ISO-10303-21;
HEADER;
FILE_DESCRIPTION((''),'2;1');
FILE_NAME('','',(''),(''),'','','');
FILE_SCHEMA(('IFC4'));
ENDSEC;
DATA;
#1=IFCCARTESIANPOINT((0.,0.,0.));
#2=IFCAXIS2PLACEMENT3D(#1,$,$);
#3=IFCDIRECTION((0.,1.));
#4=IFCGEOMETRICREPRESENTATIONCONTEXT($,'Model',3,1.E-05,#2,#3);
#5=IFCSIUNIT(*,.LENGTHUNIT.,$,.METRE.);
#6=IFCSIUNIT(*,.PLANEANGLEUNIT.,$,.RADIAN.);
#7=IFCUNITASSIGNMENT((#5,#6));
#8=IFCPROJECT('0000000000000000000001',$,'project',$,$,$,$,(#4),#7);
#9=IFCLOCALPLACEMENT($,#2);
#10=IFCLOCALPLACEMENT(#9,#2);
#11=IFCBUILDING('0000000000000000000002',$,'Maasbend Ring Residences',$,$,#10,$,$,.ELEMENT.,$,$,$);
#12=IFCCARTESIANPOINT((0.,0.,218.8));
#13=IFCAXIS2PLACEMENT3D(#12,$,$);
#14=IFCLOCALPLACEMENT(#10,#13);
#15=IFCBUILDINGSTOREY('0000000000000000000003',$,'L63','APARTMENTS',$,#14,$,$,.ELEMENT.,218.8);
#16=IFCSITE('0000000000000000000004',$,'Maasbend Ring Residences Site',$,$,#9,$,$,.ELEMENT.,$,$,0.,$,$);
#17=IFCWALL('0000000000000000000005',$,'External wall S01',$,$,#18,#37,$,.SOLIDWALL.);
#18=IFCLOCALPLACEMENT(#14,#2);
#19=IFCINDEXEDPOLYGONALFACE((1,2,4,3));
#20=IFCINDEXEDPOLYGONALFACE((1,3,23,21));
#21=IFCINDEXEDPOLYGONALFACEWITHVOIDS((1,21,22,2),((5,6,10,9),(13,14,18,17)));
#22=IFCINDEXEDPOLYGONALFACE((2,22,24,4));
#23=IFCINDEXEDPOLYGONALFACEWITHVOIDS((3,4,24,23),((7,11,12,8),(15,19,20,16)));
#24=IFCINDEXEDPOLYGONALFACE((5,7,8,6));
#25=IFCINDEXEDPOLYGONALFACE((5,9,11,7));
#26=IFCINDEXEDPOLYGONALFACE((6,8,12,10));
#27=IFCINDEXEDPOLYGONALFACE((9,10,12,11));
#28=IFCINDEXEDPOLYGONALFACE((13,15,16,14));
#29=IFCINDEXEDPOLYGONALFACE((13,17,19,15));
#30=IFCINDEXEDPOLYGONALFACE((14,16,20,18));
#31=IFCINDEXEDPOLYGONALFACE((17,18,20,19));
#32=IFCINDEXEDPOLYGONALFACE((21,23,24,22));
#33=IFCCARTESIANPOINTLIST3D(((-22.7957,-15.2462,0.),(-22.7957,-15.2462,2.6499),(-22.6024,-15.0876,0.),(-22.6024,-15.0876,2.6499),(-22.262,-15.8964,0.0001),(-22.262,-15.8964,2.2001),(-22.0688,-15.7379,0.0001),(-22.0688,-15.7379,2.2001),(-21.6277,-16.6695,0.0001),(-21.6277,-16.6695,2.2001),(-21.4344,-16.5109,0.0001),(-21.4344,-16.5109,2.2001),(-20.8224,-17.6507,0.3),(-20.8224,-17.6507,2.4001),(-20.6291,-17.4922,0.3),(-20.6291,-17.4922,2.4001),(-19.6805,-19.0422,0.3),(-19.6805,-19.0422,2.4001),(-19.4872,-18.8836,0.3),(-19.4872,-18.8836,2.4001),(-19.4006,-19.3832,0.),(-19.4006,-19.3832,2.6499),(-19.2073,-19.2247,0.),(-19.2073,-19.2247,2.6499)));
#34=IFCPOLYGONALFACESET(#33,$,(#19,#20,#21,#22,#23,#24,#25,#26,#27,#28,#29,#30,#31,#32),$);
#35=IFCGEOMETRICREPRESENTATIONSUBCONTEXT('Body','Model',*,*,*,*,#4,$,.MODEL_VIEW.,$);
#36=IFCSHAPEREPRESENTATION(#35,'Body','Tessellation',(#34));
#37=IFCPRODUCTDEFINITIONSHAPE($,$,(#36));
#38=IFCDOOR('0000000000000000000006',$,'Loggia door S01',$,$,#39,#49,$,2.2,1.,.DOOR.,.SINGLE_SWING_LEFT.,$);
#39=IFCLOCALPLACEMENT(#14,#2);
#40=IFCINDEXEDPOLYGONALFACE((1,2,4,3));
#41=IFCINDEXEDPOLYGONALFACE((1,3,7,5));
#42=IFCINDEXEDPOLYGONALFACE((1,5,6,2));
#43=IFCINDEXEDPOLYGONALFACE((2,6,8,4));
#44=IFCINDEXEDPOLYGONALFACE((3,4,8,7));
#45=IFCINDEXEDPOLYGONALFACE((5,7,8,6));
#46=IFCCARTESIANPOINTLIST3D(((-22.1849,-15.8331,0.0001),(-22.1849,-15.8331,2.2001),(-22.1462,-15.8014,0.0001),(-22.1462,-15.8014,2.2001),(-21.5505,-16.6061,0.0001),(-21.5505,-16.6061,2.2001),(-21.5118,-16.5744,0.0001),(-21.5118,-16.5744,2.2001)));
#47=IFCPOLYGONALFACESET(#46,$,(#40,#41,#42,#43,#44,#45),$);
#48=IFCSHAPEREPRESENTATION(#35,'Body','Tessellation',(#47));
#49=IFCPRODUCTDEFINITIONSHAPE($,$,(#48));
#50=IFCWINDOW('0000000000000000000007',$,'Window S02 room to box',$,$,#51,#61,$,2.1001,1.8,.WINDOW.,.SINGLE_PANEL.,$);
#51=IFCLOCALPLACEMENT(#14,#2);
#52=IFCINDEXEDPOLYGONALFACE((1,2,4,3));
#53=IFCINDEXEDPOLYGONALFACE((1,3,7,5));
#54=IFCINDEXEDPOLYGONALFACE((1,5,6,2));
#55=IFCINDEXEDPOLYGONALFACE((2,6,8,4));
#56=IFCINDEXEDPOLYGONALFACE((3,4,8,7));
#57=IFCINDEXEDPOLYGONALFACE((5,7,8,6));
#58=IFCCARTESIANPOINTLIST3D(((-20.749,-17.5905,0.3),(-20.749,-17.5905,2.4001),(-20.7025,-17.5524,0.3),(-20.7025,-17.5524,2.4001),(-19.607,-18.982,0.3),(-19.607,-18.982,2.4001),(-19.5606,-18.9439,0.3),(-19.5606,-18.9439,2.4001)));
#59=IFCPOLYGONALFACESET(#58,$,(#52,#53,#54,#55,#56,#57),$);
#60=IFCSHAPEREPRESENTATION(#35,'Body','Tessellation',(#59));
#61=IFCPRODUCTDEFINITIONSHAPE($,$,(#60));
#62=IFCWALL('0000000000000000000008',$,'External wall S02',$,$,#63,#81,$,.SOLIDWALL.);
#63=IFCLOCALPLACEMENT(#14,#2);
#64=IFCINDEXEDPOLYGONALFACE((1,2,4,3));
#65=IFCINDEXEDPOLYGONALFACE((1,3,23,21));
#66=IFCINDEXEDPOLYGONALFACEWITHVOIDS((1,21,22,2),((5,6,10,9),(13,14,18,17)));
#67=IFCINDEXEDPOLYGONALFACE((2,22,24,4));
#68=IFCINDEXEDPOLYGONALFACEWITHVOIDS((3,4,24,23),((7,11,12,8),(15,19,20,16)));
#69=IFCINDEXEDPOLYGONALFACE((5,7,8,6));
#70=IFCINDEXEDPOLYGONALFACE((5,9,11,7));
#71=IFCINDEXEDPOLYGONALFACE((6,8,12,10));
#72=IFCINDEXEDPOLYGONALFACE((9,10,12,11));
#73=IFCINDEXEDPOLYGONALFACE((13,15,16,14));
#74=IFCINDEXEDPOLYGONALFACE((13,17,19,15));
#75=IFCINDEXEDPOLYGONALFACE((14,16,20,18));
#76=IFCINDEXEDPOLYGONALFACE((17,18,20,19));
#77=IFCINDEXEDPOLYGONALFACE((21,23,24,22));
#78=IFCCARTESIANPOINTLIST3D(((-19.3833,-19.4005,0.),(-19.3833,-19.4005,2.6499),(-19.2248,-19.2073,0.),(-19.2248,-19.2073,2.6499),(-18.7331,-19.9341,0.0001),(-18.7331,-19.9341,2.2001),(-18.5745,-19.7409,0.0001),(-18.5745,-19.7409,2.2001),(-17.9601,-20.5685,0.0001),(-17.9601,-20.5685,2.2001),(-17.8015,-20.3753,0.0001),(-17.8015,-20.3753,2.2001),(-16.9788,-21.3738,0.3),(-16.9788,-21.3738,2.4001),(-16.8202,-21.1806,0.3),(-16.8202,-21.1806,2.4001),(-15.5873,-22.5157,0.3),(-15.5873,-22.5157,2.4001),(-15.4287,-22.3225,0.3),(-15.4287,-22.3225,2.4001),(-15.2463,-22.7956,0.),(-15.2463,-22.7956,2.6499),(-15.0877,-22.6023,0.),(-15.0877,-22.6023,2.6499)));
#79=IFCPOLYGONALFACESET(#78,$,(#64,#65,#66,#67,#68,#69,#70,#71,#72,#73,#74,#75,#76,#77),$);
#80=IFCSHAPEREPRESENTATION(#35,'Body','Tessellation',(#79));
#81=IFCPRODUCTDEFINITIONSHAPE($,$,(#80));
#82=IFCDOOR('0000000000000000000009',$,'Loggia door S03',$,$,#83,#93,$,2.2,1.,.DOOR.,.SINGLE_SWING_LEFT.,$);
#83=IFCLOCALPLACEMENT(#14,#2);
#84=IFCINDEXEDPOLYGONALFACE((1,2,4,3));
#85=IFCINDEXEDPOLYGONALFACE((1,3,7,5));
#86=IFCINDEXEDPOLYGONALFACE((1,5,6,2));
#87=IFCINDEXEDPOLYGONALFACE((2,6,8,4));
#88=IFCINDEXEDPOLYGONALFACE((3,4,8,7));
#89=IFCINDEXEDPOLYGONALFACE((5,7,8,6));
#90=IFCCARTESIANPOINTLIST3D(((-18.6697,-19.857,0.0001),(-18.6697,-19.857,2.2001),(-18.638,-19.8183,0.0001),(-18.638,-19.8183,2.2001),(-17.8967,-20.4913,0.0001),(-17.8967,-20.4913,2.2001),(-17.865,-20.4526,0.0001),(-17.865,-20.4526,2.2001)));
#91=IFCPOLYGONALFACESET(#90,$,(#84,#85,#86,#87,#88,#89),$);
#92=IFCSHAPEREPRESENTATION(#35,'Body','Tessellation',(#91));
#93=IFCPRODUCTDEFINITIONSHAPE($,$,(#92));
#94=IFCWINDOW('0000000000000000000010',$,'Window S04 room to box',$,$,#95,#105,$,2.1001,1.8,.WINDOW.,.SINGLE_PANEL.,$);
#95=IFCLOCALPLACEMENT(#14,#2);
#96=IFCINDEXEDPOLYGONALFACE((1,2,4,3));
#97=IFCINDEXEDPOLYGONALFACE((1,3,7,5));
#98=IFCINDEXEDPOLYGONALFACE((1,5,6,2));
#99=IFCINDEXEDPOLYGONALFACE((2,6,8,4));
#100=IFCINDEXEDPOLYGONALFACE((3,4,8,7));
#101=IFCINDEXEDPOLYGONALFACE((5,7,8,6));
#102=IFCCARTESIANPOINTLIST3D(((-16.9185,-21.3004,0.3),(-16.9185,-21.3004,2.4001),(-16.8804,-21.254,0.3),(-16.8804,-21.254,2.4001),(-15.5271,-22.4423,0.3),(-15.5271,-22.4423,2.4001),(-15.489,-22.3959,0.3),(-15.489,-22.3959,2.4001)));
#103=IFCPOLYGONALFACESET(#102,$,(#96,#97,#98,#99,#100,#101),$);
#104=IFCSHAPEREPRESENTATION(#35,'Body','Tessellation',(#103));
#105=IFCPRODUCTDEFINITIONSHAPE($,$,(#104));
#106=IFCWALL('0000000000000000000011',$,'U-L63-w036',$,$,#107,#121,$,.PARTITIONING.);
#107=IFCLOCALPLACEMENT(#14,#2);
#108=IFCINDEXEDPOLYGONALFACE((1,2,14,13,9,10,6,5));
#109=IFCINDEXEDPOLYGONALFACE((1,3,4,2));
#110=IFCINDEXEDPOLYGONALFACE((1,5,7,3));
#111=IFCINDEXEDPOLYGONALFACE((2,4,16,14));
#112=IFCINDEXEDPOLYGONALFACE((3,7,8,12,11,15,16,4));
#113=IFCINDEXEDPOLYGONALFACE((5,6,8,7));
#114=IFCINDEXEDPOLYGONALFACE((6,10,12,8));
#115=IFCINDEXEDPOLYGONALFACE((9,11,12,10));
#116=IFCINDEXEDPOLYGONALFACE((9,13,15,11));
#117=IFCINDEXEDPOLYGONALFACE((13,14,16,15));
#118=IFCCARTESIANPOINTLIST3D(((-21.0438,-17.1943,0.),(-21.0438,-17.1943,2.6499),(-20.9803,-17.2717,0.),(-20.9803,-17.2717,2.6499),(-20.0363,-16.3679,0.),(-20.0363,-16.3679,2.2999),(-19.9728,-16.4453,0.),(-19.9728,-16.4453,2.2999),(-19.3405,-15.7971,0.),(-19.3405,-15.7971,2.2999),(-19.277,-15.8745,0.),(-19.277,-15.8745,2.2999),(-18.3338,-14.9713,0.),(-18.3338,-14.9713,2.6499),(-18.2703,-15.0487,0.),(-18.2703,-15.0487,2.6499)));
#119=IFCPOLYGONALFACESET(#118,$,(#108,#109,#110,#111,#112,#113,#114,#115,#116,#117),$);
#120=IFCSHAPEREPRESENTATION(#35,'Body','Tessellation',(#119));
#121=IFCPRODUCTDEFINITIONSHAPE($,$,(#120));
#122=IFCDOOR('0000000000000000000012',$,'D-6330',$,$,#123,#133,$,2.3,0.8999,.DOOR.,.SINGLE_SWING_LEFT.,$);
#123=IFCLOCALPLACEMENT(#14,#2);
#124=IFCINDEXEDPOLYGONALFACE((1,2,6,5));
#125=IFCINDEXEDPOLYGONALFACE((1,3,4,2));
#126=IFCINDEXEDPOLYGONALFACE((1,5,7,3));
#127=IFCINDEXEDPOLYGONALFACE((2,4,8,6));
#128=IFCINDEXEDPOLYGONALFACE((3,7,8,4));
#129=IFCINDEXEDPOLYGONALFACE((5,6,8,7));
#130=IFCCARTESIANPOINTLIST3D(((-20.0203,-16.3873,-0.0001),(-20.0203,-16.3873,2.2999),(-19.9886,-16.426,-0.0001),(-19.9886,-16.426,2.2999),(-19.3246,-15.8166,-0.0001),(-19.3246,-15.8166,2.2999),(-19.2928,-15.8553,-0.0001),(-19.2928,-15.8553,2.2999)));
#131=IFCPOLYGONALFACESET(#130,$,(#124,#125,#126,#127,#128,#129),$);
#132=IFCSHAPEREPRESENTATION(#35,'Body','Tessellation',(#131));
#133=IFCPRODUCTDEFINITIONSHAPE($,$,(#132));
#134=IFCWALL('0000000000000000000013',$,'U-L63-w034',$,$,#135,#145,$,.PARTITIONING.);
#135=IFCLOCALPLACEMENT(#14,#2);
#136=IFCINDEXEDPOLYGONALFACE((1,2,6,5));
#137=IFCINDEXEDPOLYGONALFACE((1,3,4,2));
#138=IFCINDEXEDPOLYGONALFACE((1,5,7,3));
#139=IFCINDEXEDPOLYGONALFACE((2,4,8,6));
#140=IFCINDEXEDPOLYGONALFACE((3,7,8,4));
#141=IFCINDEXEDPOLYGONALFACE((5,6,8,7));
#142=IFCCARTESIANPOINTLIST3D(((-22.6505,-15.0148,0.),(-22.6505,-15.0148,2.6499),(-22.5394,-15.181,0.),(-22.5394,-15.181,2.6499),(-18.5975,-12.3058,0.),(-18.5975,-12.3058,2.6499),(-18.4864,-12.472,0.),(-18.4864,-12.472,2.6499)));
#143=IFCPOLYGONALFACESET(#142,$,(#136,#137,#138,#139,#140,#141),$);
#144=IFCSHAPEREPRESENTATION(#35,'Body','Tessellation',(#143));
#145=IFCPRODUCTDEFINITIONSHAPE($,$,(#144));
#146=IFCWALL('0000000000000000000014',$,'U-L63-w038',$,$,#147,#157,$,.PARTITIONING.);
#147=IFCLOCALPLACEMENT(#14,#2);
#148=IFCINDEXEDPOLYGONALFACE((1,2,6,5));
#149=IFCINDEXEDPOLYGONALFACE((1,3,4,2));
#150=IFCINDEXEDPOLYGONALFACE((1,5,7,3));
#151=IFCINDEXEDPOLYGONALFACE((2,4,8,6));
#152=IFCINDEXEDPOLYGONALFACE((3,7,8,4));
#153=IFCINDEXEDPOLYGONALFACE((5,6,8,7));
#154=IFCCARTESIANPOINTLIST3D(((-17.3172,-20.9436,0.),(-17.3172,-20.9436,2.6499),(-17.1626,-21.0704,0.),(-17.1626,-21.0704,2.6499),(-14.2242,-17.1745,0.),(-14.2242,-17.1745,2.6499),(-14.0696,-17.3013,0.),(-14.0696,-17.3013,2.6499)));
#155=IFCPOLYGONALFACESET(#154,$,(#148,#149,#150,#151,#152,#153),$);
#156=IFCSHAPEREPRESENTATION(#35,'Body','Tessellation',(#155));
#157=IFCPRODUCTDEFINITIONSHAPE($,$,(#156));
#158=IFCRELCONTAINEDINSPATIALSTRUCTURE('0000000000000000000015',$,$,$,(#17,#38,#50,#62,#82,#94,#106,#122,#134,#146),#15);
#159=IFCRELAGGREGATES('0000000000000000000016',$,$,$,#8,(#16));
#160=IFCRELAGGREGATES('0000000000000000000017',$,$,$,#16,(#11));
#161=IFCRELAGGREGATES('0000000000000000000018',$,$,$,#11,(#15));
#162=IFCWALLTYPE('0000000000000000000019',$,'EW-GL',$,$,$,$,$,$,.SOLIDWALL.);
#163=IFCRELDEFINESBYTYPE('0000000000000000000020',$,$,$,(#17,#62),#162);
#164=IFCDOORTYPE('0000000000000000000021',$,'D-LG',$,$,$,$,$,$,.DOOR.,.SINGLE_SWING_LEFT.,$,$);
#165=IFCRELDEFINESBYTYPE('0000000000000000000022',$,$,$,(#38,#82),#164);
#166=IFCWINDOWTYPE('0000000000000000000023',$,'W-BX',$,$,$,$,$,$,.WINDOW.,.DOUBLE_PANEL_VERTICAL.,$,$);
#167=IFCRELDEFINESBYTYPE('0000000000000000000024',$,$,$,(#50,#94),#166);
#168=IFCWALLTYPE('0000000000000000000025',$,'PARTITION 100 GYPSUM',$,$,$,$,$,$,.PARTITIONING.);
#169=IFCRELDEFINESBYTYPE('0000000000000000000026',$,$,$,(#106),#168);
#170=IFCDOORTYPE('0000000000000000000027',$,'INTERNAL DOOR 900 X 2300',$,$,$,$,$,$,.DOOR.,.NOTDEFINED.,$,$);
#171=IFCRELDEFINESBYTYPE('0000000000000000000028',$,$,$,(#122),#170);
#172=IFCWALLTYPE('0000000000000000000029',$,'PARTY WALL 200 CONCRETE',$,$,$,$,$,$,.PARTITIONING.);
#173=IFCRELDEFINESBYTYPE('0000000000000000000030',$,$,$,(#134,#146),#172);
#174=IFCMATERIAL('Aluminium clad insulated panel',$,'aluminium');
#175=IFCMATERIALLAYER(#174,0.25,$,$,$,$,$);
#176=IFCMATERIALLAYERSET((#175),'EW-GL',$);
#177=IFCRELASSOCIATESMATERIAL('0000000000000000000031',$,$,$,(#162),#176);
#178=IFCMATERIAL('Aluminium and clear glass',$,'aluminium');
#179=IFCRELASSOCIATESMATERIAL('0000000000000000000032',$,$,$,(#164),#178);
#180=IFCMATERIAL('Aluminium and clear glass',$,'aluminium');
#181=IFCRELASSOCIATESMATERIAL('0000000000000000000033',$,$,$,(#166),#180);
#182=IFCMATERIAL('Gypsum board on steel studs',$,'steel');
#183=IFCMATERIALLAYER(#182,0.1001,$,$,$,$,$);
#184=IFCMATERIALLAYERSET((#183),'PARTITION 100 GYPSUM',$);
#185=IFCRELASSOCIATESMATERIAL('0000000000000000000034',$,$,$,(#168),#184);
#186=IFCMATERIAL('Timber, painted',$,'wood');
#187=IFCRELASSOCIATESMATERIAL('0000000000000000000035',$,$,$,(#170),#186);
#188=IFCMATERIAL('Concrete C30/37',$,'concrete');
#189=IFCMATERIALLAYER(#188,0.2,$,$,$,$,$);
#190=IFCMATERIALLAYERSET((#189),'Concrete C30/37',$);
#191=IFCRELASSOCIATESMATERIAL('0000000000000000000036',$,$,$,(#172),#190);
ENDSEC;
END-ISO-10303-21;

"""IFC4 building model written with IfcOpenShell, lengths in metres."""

from ifc_helpers import new_model, si_unit, direction, frame, frame_2d, origin, place, context, subcontext, project, spatial, rectangle, extrude, material, layer, layer_set, type_object, element, fill, save


model = new_model("IFC4")

# Units and contexts
model_context = context("Model", 3, precision=1e-05, world=origin(), true_north=direction((0.0, 1.0)))
body_context = subcontext(model_context, "Body", "Model", "MODEL_VIEW")
ifc_project = project(units=[si_unit("LENGTHUNIT", "METRE"), si_unit("PLANEANGLEUNIT", "RADIAN")], contexts=[model_context])

# Site, building, storey
site_placement = place(None, origin())
site = spatial("IfcSite", under=ifc_project, at=site_placement, Name="Maasbend Ring Residences Site", CompositionType="ELEMENT", RefElevation=0.0)
building_placement = place(site_placement, origin())
building = spatial("IfcBuilding", under=site, at=building_placement, Name="Maasbend Ring Residences", CompositionType="ELEMENT")
storey_placement = place(building_placement, frame((0.0, 0.0, 218.8)))
storey = spatial("IfcBuildingStorey", under=building, at=storey_placement, Name="L63", Description="APARTMENTS", CompositionType="ELEMENT", Elevation=218.8)

# Walls, openings, doors, windows
ifc_material_1 = material(Name="Aluminium clad insulated panel", Category="aluminium")
ifc_layer_1 = layer(ifc_material_1, 0.25)
ifc_layer_set_1 = layer_set([ifc_layer_1], Name="EW-GL")
wall_type_1 = type_object("IfcWallType", Name="EW-GL", PredefinedType="SOLIDWALL", material=ifc_layer_set_1)
wall_1_placement = place(storey_placement, frame((-22.699, -15.167, 0.0), z_axis=(0.0, 0.0, 1.0), x_axis=(0.634382, -0.773019, 0.0)))
wall_1 = element("IfcWall", 1, at=wall_1_placement, inside=storey, type_object=wall_type_1, Name="External wall S01", PredefinedType="SOLIDWALL", context=body_context, shape_type="SweptSolid", body=[
    extrude(rectangle(XDim=5.3518, YDim=0.25, at=frame_2d((2.6758, 0.0))), origin(), (0.0, 0.0, 1.0), 2.6499),
])
opening_1_placement = place(wall_1_placement, frame((0.8411, 0.0, 0.0)))
opening_1 = element("IfcOpeningElement", 2, at=opening_1_placement, cuts=wall_1, PredefinedType="OPENING", context=body_context, shape_type="SweptSolid", body=[
    extrude(rectangle(XDim=1.0, YDim=2.2, at=frame_2d((0.5, 1.1001))), frame((0.0, 0.135, 0.0), z_axis=(0.0, -1.0, 0.0), x_axis=(1.0, 0.0, 0.0)), (0.0, 0.0, 1.0), 0.27),
])
opening_2_placement = place(wall_1_placement, frame((3.1106, 0.0, 0.3)))
opening_2 = element("IfcOpeningElement", 3, at=opening_2_placement, cuts=wall_1, PredefinedType="OPENING", context=body_context, shape_type="SweptSolid", body=[
    extrude(rectangle(XDim=1.8, YDim=2.1001, at=frame_2d((0.8999, 1.05))), frame((0.0, 0.135, 0.0), z_axis=(0.0, -1.0, 0.0), x_axis=(1.0, 0.0, 0.0)), (0.0, 0.0, 1.0), 0.27),
])
ifc_material_2 = material(Name="Aluminium and clear glass", Category="aluminium")
door_type_1 = type_object("IfcDoorType", Name="D-LG", OperationType="SINGLE_SWING_LEFT", PredefinedType="DOOR", material=ifc_material_2)
door_1_placement = place(opening_1_placement, origin())
door_1 = element("IfcDoor", 4, at=door_1_placement, inside=storey, type_object=door_type_1, Name="Loggia door S01", OperationType="SINGLE_SWING_LEFT", OverallHeight=2.2, OverallWidth=1.0, PredefinedType="DOOR", context=body_context, shape_type="SweptSolid", body=[
    extrude(rectangle(XDim=1.0, YDim=2.2, at=frame_2d((0.5, 1.1001))), frame((0.0, 0.0249, 0.0), z_axis=(0.0, -1.0, 0.0), x_axis=(1.0, 0.0, 0.0)), (0.0, 0.0, 1.0), 0.05),
])
fill(opening_1, door_1)
ifc_material_3 = material(Name="Aluminium and clear glass", Category="aluminium")
window_type_1 = type_object("IfcWindowType", Name="W-BX", PartitioningType="DOUBLE_PANEL_VERTICAL", PredefinedType="WINDOW", material=ifc_material_3)
window_1_placement = place(opening_2_placement, origin())
window_1 = element("IfcWindow", 5, at=window_1_placement, inside=storey, type_object=window_type_1, Name="Window S02 room to box", OverallHeight=2.1001, OverallWidth=1.8, PartitioningType="SINGLE_PANEL", PredefinedType="WINDOW", context=body_context, shape_type="SweptSolid", body=[
    extrude(rectangle(XDim=1.8, YDim=2.1001, at=frame_2d((0.8999, 1.05))), frame((0.0, 0.03, 0.0), z_axis=(0.0, -1.0, 0.0), x_axis=(1.0, 0.0, 0.0)), (0.0, 0.0, 1.0), 0.0601),
])
fill(opening_2, window_1)
wall_2_placement = place(storey_placement, frame((-19.304, -19.304, 0.0), z_axis=(0.0, 0.0, 1.0), x_axis=(0.773019, -0.634382, 0.0)))
wall_2 = element("IfcWall", 6, at=wall_2_placement, inside=storey, type_object=wall_type_1, Name="External wall S02", PredefinedType="SOLIDWALL", context=body_context, shape_type="SweptSolid", body=[
    extrude(rectangle(XDim=5.3518, YDim=0.25, at=frame_2d((2.6758, 0.0))), origin(), (0.0, 0.0, 1.0), 2.6499),
])
opening_3_placement = place(wall_2_placement, frame((0.8411, 0.0, 0.0)))
opening_3 = element("IfcOpeningElement", 7, at=opening_3_placement, cuts=wall_2, PredefinedType="OPENING", context=body_context, shape_type="SweptSolid", body=[
    extrude(rectangle(XDim=1.0, YDim=2.2, at=frame_2d((0.5, 1.1001))), frame((0.0, 0.135, 0.0), z_axis=(0.0, -1.0, 0.0), x_axis=(1.0, 0.0, 0.0)), (0.0, 0.0, 1.0), 0.27),
])
opening_4_placement = place(wall_2_placement, frame((3.1106, 0.0, 0.3)))
opening_4 = element("IfcOpeningElement", 8, at=opening_4_placement, cuts=wall_2, PredefinedType="OPENING", context=body_context, shape_type="SweptSolid", body=[
    extrude(rectangle(XDim=1.8, YDim=2.1001, at=frame_2d((0.8999, 1.05))), frame((0.0, 0.135, 0.0), z_axis=(0.0, -1.0, 0.0), x_axis=(1.0, 0.0, 0.0)), (0.0, 0.0, 1.0), 0.27),
])
door_2_placement = place(opening_3_placement, origin())
door_2 = element("IfcDoor", 9, at=door_2_placement, inside=storey, type_object=door_type_1, Name="Loggia door S03", OperationType="SINGLE_SWING_LEFT", OverallHeight=2.2, OverallWidth=1.0, PredefinedType="DOOR", context=body_context, shape_type="SweptSolid", body=[
    extrude(rectangle(XDim=1.0, YDim=2.2, at=frame_2d((0.5, 1.1001))), frame((0.0, 0.0249, 0.0), z_axis=(0.0, -1.0, 0.0), x_axis=(1.0, 0.0, 0.0)), (0.0, 0.0, 1.0), 0.05),
])
fill(opening_3, door_2)
window_2_placement = place(opening_4_placement, origin())
window_2 = element("IfcWindow", 10, at=window_2_placement, inside=storey, type_object=window_type_1, Name="Window S04 room to box", OverallHeight=2.1001, OverallWidth=1.8, PartitioningType="SINGLE_PANEL", PredefinedType="WINDOW", context=body_context, shape_type="SweptSolid", body=[
    extrude(rectangle(XDim=1.8, YDim=2.1001, at=frame_2d((0.8999, 1.05))), frame((0.0, 0.03, 0.0), z_axis=(0.0, -1.0, 0.0), x_axis=(1.0, 0.0, 0.0)), (0.0, 0.0, 1.0), 0.0601),
])
fill(opening_4, window_2)

# Wall, opening, door
ifc_material_4 = material(Name="Gypsum board on steel studs", Category="steel")
ifc_layer_2 = layer(ifc_material_4, 0.1001)
ifc_layer_set_2 = layer_set([ifc_layer_2], Name="PARTITION 100 GYPSUM")
wall_type_2 = type_object("IfcWallType", Name="PARTITION 100 GYPSUM", PredefinedType="PARTITIONING", material=ifc_layer_set_2)
wall_3_placement = place(storey_placement, frame((-21.012, -17.2329, 0.0), z_axis=(0.0, 0.0, 1.0), x_axis=(0.773165, 0.634205, 0.0)))
wall_3 = element("IfcWall", 11, at=wall_3_placement, inside=storey, type_object=wall_type_2, Name="U-L63-w036", PredefinedType="PARTITIONING", context=body_context, shape_type="SweptSolid", body=[
    extrude(rectangle(XDim=3.5051, YDim=0.1001, at=frame_2d((1.7524, 0.0))), origin(), (0.0, 0.0, 1.0), 2.6499),
])
opening_5_placement = place(wall_3_placement, frame((1.303, 0.0, 0.0)))
opening_5 = element("IfcOpeningElement", 12, at=opening_5_placement, cuts=wall_3, PredefinedType="OPENING", context=body_context, shape_type="SweptSolid", body=[
    extrude(rectangle(XDim=0.8999, YDim=2.3, at=frame_2d((0.45, 1.1499))), frame((0.0, 0.0601, 0.0), z_axis=(0.0, -1.0, 0.0), x_axis=(1.0, 0.0, 0.0)), (0.0, 0.0, 1.0), 0.1201),
])
ifc_material_5 = material(Name="Timber, painted", Category="wood")
door_type_2 = type_object("IfcDoorType", Name="INTERNAL DOOR 900 X 2300", OperationType="NOTDEFINED", PredefinedType="DOOR", material=ifc_material_5)
door_3_placement = place(opening_5_placement, origin())
door_3 = element("IfcDoor", 13, at=door_3_placement, inside=storey, type_object=door_type_2, Name="D-6330", OperationType="SINGLE_SWING_LEFT", OverallHeight=2.3, OverallWidth=0.8999, PredefinedType="DOOR", context=body_context, shape_type="SweptSolid", body=[
    extrude(rectangle(XDim=0.8999, YDim=2.3, at=frame_2d((0.45, 1.1499))), frame((0.0, 0.0249, 0.0), z_axis=(0.0, -1.0, 0.0), x_axis=(1.0, 0.0, 0.0)), (0.0, 0.0, 1.0), 0.05),
])
fill(opening_5, door_3)

# Walls
ifc_material_6 = material(Name="Concrete C30/37", Category="concrete")
ifc_layer_3 = layer(ifc_material_6, 0.2)
ifc_layer_set_3 = layer_set([ifc_layer_3], Name="Concrete C30/37")
wall_type_3 = type_object("IfcWallType", Name="PARTY WALL 200 CONCRETE", PredefinedType="PARTITIONING", material=ifc_layer_set_3)
wall_4_placement = place(storey_placement, frame((-22.595, -15.0979, 0.0), z_axis=(0.0, 0.0, 1.0), x_axis=(0.831387, 0.555694, 0.0)))
element("IfcWall", 14, at=wall_4_placement, inside=storey, type_object=wall_type_3, Name="U-L63-w034", PredefinedType="PARTITIONING", context=body_context, shape_type="SweptSolid", body=[
    extrude(rectangle(XDim=4.875, YDim=0.2, at=frame_2d((2.4375, 0.0))), origin(), (0.0, 0.0, 1.0), 2.6499),
])
wall_5_placement = place(storey_placement, frame((-17.24, -21.0071, 0.0), z_axis=(0.0, 0.0, 1.0), x_axis=(0.634374, 0.773026, 0.0)))
element("IfcWall", 15, at=wall_5_placement, inside=storey, type_object=wall_type_3, Name="U-L63-w038", PredefinedType="PARTITIONING", context=body_context, shape_type="SweptSolid", body=[
    extrude(rectangle(XDim=4.8757, YDim=0.2, at=frame_2d((2.438, 0.0))), origin(), (0.0, 0.0, 1.0), 2.6499),
])

save(model, "model.ifc")
